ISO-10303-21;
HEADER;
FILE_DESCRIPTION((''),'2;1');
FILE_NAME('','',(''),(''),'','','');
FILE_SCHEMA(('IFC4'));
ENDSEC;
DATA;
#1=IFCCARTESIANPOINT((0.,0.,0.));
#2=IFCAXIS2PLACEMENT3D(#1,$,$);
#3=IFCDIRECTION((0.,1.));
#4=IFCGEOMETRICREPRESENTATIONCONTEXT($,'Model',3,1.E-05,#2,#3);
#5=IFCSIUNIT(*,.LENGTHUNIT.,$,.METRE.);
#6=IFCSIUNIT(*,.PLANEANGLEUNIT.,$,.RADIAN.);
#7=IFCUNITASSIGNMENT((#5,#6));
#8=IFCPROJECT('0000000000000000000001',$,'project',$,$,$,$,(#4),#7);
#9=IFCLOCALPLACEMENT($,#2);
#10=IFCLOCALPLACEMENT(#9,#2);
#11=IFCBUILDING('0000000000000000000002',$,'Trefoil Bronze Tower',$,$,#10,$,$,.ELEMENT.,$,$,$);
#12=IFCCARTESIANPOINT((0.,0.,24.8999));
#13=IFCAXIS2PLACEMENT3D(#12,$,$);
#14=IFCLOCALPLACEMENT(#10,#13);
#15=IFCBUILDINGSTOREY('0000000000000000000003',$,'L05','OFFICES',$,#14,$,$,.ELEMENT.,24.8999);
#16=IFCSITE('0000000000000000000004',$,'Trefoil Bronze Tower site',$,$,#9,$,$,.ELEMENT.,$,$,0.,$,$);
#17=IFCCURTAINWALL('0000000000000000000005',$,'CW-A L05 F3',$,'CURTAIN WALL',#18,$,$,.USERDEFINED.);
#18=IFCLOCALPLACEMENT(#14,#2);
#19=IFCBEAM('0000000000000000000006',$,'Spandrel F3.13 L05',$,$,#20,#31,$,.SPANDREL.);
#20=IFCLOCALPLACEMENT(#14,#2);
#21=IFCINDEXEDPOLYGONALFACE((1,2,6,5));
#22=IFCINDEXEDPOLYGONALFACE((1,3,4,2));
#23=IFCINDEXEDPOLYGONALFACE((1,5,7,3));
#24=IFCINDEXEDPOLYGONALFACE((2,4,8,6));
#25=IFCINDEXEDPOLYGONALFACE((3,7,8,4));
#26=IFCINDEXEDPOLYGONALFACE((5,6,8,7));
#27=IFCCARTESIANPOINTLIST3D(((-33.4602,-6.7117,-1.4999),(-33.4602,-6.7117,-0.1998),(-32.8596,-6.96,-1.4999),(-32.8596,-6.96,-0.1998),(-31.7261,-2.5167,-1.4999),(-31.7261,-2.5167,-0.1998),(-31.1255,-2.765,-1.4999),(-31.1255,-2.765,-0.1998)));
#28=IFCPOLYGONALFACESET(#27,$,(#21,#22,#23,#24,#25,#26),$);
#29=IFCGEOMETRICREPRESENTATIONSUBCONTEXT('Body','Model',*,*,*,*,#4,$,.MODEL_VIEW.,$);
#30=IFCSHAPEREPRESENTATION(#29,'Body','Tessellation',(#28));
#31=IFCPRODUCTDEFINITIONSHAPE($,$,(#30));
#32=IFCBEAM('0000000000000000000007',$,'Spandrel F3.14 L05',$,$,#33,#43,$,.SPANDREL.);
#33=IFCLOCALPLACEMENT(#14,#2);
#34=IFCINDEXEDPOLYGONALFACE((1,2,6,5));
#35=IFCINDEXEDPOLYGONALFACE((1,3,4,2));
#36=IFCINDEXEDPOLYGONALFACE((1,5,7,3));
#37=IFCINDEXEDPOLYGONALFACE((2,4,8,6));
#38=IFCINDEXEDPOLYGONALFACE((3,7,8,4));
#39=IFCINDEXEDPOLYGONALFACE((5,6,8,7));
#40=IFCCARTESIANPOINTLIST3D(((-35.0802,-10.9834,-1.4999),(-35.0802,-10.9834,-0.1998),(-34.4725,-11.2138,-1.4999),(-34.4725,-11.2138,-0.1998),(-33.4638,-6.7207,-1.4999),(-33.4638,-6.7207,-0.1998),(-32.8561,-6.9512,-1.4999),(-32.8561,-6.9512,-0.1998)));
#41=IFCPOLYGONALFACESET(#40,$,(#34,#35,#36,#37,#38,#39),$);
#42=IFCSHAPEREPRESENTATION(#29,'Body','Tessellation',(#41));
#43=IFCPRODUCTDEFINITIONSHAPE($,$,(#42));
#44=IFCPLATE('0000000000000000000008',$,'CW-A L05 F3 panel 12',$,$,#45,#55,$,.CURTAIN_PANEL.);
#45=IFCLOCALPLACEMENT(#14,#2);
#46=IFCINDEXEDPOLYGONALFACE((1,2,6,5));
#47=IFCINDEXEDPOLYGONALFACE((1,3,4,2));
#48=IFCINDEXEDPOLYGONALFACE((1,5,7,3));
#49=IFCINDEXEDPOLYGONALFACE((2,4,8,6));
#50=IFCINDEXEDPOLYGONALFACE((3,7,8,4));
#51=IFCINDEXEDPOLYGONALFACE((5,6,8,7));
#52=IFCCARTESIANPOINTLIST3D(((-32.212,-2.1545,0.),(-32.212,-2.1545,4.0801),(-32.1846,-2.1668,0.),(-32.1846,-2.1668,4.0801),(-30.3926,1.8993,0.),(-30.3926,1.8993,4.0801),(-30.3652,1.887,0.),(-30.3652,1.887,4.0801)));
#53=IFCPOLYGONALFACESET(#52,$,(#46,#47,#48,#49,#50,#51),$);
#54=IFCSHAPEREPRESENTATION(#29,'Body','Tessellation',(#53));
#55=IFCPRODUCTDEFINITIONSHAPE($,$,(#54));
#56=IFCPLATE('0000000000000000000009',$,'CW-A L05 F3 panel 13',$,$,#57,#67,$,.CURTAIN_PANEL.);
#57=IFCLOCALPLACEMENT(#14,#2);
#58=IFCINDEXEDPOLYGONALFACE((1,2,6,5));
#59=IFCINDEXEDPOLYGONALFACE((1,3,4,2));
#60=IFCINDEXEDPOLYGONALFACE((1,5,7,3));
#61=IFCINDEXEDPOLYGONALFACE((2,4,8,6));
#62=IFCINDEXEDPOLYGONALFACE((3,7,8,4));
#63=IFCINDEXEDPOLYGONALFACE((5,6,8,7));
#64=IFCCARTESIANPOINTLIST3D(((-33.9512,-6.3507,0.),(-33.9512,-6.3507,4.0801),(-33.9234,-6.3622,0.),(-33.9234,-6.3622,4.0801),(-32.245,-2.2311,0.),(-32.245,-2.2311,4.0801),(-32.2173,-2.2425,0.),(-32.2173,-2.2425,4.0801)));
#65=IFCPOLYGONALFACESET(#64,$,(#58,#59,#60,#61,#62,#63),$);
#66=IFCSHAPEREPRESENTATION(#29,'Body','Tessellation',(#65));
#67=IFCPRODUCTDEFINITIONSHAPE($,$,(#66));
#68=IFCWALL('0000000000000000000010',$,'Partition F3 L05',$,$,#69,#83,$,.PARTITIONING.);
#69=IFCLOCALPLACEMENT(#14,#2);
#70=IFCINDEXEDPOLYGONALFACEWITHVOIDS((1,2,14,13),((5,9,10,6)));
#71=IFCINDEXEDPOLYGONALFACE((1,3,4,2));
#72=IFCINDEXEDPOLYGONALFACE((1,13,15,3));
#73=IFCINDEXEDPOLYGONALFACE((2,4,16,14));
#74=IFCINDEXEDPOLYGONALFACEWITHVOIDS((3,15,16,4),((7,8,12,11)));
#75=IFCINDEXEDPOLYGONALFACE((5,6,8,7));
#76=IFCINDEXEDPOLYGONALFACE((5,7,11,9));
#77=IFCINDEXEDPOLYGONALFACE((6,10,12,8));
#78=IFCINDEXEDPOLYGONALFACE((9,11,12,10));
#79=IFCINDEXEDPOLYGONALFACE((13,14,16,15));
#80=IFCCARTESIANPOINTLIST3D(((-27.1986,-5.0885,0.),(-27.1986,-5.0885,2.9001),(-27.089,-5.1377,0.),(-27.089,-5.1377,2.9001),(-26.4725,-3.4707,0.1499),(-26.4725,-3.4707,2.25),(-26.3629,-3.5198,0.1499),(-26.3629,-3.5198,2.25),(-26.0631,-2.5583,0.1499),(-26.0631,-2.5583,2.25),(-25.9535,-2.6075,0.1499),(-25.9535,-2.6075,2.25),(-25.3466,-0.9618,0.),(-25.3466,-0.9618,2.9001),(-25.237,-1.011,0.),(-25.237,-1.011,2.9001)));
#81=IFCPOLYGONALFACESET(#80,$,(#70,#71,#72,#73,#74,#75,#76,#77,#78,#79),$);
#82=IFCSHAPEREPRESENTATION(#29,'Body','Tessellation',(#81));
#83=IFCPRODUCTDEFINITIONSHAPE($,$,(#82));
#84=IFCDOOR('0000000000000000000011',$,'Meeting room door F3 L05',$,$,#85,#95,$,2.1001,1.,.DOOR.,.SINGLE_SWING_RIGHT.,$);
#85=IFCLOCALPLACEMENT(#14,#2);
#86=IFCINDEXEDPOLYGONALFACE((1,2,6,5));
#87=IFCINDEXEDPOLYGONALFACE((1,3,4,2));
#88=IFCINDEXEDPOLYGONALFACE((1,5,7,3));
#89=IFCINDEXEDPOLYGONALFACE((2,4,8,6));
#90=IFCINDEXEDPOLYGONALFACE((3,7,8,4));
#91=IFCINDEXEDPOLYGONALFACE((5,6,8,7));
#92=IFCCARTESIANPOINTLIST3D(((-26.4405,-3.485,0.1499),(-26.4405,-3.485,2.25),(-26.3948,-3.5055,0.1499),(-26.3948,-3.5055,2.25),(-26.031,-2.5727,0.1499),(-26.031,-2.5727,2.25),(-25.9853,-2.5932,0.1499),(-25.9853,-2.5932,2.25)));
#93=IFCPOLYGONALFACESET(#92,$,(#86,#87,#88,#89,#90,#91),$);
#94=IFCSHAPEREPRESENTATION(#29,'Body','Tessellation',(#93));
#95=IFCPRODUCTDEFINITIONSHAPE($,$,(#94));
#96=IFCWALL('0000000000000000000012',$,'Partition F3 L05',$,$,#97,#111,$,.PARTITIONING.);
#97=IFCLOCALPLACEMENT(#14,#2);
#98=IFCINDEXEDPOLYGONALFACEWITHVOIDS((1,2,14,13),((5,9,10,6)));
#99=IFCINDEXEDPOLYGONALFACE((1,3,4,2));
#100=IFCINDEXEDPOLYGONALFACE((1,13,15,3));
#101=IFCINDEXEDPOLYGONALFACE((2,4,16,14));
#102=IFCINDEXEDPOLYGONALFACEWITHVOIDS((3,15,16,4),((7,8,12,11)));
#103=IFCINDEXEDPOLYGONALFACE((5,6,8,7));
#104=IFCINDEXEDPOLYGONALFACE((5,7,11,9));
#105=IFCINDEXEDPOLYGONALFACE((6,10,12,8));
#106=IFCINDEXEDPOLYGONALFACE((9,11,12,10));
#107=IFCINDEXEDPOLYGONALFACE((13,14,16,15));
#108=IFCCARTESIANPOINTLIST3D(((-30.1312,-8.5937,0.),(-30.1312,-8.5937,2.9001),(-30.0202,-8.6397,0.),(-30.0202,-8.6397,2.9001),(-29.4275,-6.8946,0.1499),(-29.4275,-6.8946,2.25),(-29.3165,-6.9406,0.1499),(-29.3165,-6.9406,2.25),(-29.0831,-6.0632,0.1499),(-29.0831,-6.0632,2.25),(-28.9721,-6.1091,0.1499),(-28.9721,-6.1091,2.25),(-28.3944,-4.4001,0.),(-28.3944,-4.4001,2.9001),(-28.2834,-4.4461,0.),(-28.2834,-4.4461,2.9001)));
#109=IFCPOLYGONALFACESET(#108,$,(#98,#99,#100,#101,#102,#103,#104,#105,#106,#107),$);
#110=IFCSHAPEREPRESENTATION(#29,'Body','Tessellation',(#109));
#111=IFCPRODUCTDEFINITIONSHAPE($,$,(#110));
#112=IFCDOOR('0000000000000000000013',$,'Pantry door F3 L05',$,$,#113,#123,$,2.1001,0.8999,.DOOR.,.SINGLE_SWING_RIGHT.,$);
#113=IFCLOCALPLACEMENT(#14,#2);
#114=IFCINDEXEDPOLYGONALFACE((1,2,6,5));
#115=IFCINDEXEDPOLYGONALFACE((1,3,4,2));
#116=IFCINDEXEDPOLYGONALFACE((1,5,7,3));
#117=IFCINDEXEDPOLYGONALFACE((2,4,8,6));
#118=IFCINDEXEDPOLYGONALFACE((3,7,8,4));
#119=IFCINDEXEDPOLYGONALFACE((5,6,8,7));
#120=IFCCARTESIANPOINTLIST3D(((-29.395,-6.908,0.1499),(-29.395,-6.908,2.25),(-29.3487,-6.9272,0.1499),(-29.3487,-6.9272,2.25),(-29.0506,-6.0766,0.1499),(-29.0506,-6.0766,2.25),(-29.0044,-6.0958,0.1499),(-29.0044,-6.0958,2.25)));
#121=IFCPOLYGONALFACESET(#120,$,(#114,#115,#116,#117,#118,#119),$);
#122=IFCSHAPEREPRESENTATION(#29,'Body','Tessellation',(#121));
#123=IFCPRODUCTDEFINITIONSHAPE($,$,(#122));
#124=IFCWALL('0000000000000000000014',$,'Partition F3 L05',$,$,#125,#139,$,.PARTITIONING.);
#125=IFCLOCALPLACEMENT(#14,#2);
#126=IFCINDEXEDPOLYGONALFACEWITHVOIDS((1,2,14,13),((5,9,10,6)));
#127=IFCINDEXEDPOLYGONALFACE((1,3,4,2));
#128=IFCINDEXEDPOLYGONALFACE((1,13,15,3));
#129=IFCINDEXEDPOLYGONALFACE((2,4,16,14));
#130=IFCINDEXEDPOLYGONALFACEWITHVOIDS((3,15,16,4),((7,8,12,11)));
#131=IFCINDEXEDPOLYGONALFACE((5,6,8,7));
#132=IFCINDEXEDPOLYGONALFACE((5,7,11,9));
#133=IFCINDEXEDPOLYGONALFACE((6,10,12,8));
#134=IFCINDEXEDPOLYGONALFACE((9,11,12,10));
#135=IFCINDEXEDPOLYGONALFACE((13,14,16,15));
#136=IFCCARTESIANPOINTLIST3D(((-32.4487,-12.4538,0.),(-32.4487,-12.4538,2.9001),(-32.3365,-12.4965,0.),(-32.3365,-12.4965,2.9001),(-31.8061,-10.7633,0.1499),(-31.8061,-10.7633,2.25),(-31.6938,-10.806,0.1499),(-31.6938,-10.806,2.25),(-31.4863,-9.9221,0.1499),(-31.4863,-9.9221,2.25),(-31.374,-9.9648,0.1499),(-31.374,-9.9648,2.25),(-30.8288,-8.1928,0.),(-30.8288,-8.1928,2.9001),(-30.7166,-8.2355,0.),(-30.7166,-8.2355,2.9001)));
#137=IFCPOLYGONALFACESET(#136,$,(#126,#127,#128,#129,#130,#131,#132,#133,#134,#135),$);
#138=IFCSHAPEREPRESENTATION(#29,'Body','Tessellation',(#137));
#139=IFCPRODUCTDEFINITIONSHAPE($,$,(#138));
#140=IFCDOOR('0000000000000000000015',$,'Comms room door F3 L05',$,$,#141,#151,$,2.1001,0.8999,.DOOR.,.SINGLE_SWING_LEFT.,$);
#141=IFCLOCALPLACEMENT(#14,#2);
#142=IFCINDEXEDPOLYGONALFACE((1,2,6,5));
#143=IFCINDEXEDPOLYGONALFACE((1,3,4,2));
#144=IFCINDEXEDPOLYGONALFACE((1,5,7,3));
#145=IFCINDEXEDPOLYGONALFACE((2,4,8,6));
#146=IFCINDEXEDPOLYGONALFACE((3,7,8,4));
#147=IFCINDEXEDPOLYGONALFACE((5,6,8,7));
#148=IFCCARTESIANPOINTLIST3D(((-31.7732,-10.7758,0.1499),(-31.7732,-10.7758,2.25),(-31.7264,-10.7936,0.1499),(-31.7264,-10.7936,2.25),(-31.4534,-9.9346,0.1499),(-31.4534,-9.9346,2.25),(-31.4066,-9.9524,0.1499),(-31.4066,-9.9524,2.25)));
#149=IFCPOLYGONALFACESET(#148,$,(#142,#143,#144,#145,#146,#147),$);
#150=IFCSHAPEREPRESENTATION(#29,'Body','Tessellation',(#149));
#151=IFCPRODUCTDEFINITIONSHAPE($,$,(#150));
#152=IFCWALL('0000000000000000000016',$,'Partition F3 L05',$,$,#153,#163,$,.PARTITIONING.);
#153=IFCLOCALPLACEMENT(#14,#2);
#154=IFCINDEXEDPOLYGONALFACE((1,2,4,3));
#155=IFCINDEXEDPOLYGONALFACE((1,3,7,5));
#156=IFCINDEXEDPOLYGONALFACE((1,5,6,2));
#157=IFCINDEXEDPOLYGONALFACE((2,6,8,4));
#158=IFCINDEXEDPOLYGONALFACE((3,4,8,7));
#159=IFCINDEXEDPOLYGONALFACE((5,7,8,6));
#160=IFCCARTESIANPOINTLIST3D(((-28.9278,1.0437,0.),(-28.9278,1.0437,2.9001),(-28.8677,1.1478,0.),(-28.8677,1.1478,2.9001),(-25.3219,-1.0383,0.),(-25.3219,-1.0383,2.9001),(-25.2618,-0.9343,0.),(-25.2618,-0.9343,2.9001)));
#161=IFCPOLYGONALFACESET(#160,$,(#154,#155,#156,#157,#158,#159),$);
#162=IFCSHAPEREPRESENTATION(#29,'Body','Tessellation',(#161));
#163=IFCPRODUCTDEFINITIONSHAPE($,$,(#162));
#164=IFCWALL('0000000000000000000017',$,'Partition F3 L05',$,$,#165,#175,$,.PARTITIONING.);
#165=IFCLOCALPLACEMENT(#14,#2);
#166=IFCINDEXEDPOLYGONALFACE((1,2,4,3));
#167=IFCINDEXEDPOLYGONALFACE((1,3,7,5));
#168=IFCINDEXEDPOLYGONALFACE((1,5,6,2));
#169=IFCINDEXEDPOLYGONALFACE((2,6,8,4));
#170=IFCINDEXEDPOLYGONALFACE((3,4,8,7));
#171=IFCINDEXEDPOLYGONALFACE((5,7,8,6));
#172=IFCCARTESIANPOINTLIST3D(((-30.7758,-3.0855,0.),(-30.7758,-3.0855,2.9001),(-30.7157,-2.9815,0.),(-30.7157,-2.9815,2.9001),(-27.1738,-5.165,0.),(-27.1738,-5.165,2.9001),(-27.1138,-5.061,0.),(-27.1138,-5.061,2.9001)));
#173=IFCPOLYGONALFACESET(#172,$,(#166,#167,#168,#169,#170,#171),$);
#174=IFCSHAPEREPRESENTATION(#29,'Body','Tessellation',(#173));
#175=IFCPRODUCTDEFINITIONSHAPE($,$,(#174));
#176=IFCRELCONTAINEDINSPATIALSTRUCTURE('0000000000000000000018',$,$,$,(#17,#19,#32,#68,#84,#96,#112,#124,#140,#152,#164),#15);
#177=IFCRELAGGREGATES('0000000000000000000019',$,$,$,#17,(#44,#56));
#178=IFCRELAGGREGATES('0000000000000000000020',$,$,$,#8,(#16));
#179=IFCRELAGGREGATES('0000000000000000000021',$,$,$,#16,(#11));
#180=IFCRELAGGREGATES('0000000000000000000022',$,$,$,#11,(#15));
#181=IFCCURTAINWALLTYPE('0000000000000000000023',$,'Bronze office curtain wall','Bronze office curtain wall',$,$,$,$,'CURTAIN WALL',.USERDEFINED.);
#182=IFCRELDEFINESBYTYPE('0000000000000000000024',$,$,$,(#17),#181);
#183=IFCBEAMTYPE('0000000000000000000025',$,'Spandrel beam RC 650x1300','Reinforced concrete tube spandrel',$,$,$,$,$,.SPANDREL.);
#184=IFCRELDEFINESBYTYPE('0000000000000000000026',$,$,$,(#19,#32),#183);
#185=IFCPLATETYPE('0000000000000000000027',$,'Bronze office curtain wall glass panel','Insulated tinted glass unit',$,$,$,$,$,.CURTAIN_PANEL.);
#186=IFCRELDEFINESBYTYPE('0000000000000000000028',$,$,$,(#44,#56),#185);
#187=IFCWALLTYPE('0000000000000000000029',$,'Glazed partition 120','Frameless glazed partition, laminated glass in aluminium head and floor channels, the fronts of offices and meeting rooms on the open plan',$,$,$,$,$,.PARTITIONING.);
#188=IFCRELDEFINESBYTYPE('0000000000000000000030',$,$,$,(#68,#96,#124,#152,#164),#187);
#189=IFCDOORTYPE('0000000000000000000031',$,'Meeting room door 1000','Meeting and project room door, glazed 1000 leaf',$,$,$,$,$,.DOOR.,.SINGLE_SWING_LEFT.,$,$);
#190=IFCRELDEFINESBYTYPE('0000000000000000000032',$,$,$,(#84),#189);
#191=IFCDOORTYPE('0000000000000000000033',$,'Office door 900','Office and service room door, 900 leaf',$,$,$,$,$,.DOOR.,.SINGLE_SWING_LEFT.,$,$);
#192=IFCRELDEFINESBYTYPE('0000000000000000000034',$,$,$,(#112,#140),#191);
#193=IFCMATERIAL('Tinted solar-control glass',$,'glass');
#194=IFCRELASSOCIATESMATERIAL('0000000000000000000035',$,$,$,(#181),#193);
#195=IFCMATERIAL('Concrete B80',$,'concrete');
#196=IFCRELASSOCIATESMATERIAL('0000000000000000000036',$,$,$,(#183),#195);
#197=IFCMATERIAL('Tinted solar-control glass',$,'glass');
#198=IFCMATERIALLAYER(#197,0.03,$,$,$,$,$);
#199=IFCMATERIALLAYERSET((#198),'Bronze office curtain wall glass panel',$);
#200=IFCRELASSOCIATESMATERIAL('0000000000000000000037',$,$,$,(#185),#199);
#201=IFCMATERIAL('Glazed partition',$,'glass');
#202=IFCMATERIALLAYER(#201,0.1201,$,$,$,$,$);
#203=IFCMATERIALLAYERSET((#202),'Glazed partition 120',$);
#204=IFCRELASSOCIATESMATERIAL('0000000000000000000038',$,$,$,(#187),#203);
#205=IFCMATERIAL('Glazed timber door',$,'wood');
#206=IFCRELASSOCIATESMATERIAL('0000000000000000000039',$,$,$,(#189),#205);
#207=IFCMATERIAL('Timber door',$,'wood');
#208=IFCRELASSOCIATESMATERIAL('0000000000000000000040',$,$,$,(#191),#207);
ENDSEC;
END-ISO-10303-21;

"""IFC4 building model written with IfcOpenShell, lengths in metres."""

from ifc_helpers import new_model, si_unit, direction, frame, frame_2d, origin, origin_2d, place, context, subcontext, project, spatial, rectangle, extrude, material, layer, layer_set, material_profile, profile_set, type_object, element, fill, aggregate, save


model = new_model("IFC4")

# Units and contexts
model_context = context("Model", 3, precision=1e-05, world=origin(), true_north=direction((0.0, 1.0)))
body_context = subcontext(model_context, "Body", "Model", "MODEL_VIEW")
ifc_project = project(units=[si_unit("LENGTHUNIT", "METRE"), si_unit("PLANEANGLEUNIT", "RADIAN")], contexts=[model_context])

# Site, building, storey
site_placement = place(None, origin())
site = spatial("IfcSite", under=ifc_project, at=site_placement, Name="Trefoil Bronze Tower site", CompositionType="ELEMENT", RefElevation=0.0)
building_placement = place(site_placement, origin())
building = spatial("IfcBuilding", under=site, at=building_placement, Name="Trefoil Bronze Tower", CompositionType="ELEMENT")
storey_placement = place(building_placement, frame((0.0, 0.0, 24.8999)))
storey = spatial("IfcBuildingStorey", under=building, at=storey_placement, Name="L05", Description="OFFICES", CompositionType="ELEMENT", Elevation=24.8999)

# Curtain wall
ifc_material_1 = material(Name="Tinted solar-control glass", Category="glass")
curtain_wall_type = type_object("IfcCurtainWallType", Name="Bronze office curtain wall", Description="Bronze office curtain wall", ElementType="CURTAIN WALL", PredefinedType="USERDEFINED", material=ifc_material_1)
curtain_wall_placement = place(storey_placement, origin())
curtain_wall = element("IfcCurtainWall", 1, at=curtain_wall_placement, inside=storey, type_object=curtain_wall_type, Name="CW-A L05 F3", ObjectType="CURTAIN WALL", PredefinedType="USERDEFINED")

# Beams
ifc_material_2 = material(Name="Concrete B80", Category="concrete")
ifc_material_profile_1 = material_profile(ifc_material_2, rectangle(XDim=0.6499, YDim=1.3, at=origin_2d()), Name="RC 650x1300")
ifc_profile_set_1 = profile_set([ifc_material_profile_1], Name="Concrete B80")
beam_type_1 = type_object("IfcBeamType", Name="Spandrel beam RC 650x1300", Description="Reinforced concrete tube spandrel", PredefinedType="SPANDREL", material=ifc_profile_set_1)
beam_1_placement = place(storey_placement, frame((-31.4258, -2.6409, -0.8499), z_axis=(-0.382021, -0.924154, 0.0), x_axis=(0.924154, -0.382021, 0.0)))
element("IfcBeam", 2, at=beam_1_placement, inside=storey, type_object=beam_type_1, Name="Spandrel F3.13 L05", PredefinedType="SPANDREL", context=body_context, shape_type="SweptSolid", body=[
    extrude(rectangle(XDim=0.6499, YDim=1.3, at=origin_2d()), origin(), (0.0, 0.0, 1.0), 4.5393),
])
beam_2_placement = place(storey_placement, frame((-33.1599, -6.8359, -0.8499), z_axis=(-0.354572, -0.935029, 0.0), x_axis=(0.935029, -0.354572, 0.0)))
element("IfcBeam", 3, at=beam_2_placement, inside=storey, type_object=beam_type_1, Name="Spandrel F3.14 L05", PredefinedType="SPANDREL", context=body_context, shape_type="SweptSolid", body=[
    extrude(rectangle(XDim=0.6499, YDim=1.3, at=origin_2d()), origin(), (0.0, 0.0, 1.0), 4.5588),
])

# Plates
ifc_material_3 = material(Name="Tinted solar-control glass", Category="glass")
ifc_layer_1 = layer(ifc_material_3, 0.03)
ifc_layer_set_1 = layer_set([ifc_layer_1], Name="Bronze office curtain wall glass panel")
plate_type = type_object("IfcPlateType", Name="Bronze office curtain wall glass panel", Description="Insulated tinted glass unit", PredefinedType="CURTAIN_PANEL", material=ifc_layer_set_1)
plate_1_placement = place(storey_placement, frame((-31.2886, -0.1338, 0.0), z_axis=(0.0, 0.0, 1.0), x_axis=(-0.409456, -0.91233, 0.0)))
plate_1 = element("IfcPlate", 4, at=plate_1_placement, type_object=plate_type, Name="CW-A L05 F3 panel 12", PredefinedType="CURTAIN_PANEL", context=body_context, shape_type="SweptSolid", body=[
    extrude(rectangle(XDim=4.4434, YDim=0.03, at=origin_2d()), origin(), (0.0, 0.0, 1.0), 4.0801),
])
plate_2_placement = place(storey_placement, frame((-33.0842, -4.2966, 0.0), z_axis=(0.0, 0.0, 1.0), x_axis=(-0.38263, -0.923902, 0.0)))
plate_2 = element("IfcPlate", 5, at=plate_2_placement, type_object=plate_type, Name="CW-A L05 F3 panel 13", PredefinedType="CURTAIN_PANEL", context=body_context, shape_type="SweptSolid", body=[
    extrude(rectangle(XDim=4.459, YDim=0.03, at=origin_2d()), origin(), (0.0, 0.0, 1.0), 4.0801),
])
aggregate(curtain_wall, [plate_1, plate_2])

# Walls, openings, doors
ifc_material_4 = material(Name="Glazed partition", Category="glass")
ifc_layer_2 = layer(ifc_material_4, 0.1201)
ifc_layer_set_2 = layer_set([ifc_layer_2], Name="Glazed partition 120")
wall_type = type_object("IfcWallType", Name="Glazed partition 120", Description="Frameless glazed partition, laminated glass in aluminium head and floor channels, the fronts of offices and meeting rooms on the open plan", PredefinedType="PARTITIONING", material=ifc_layer_set_2)
wall_1_placement = place(storey_placement, frame((-25.2917, -0.9863, 0.0), z_axis=(0.0, 0.0, 1.0), x_axis=(-0.409451, -0.912332, 0.0)))
wall_1 = element("IfcWall", 6, at=wall_1_placement, inside=storey, type_object=wall_type, Name="Partition F3 L05", PredefinedType="PARTITIONING", context=body_context, shape_type="SweptSolid", body=[
    extrude(rectangle(XDim=4.5232, YDim=0.1201, at=frame_2d((2.2617, 0.0))), origin(), (0.0, 0.0, 1.0), 2.9001),
])
opening_1_placement = place(wall_1_placement, frame((1.75, 0.0, 0.1499)))
opening_1 = element("IfcOpeningElement", 7, at=opening_1_placement, cuts=wall_1, PredefinedType="OPENING", context=body_context, shape_type="SweptSolid", body=[
    extrude(rectangle(XDim=1.0, YDim=2.1001, at=frame_2d((0.5, 1.05))), frame((0.0, 0.0701, 0.0), z_axis=(0.0, -1.0, 0.0), x_axis=(1.0, 0.0, 0.0)), (0.0, 0.0, 1.0), 0.1401),
])
ifc_material_5 = material(Name="Glazed timber door", Category="wood")
door_type_1 = type_object("IfcDoorType", Name="Meeting room door 1000", Description="Meeting and project room door, glazed 1000 leaf", OperationType="SINGLE_SWING_LEFT", PredefinedType="DOOR", material=ifc_material_5)
door_1_placement = place(opening_1_placement, frame((1.0, 0.0, 0.0), z_axis=(0.0, 0.0, 1.0), x_axis=(-1.0, 0.0, 0.0)))
door_1 = element("IfcDoor", 8, at=door_1_placement, inside=storey, type_object=door_type_1, Name="Meeting room door F3 L05", OperationType="SINGLE_SWING_RIGHT", OverallHeight=2.1001, OverallWidth=1.0, PredefinedType="DOOR", context=body_context, shape_type="SweptSolid", body=[
    extrude(rectangle(XDim=1.0, YDim=2.1001, at=frame_2d((0.5, 1.05))), frame((0.0, 0.0249, 0.0), z_axis=(0.0, -1.0, 0.0), x_axis=(1.0, 0.0, 0.0)), (0.0, 0.0, 1.0), 0.05),
])
fill(opening_1, door_1)
wall_2_placement = place(storey_placement, frame((-28.3389, -4.4231, 0.0), z_axis=(0.0, 0.0, 1.0), x_axis=(-0.38264, -0.923898, 0.0)))
wall_2 = element("IfcWall", 9, at=wall_2_placement, inside=storey, type_object=wall_type, Name="Partition F3 L05", PredefinedType="PARTITIONING", context=body_context, shape_type="SweptSolid", body=[
    extrude(rectangle(XDim=4.5391, YDim=0.1201, at=frame_2d((2.2695, 0.0))), origin(), (0.0, 0.0, 1.0), 2.9001),
])
opening_2_placement = place(wall_2_placement, frame((1.8, 0.0, 0.1499)))
opening_2 = element("IfcOpeningElement", 10, at=opening_2_placement, cuts=wall_2, PredefinedType="OPENING", context=body_context, shape_type="SweptSolid", body=[
    extrude(rectangle(XDim=0.8999, YDim=2.1001, at=frame_2d((0.45, 1.05))), frame((0.0, 0.0701, 0.0), z_axis=(0.0, -1.0, 0.0), x_axis=(1.0, 0.0, 0.0)), (0.0, 0.0, 1.0), 0.1401),
])
ifc_material_6 = material(Name="Timber door", Category="wood")
door_type_2 = type_object("IfcDoorType", Name="Office door 900", Description="Office and service room door, 900 leaf", OperationType="SINGLE_SWING_LEFT", PredefinedType="DOOR", material=ifc_material_6)
door_2_placement = place(opening_2_placement, frame((0.8999, 0.0, 0.0), z_axis=(0.0, 0.0, 1.0), x_axis=(-1.0, 0.0, 0.0)))
door_2 = element("IfcDoor", 11, at=door_2_placement, inside=storey, type_object=door_type_2, Name="Pantry door F3 L05", OperationType="SINGLE_SWING_RIGHT", OverallHeight=2.1001, OverallWidth=0.8999, PredefinedType="DOOR", context=body_context, shape_type="SweptSolid", body=[
    extrude(rectangle(XDim=0.8999, YDim=2.1001, at=frame_2d((0.45, 1.05))), frame((0.0, 0.0249, 0.0), z_axis=(0.0, -1.0, 0.0), x_axis=(1.0, 0.0, 0.0)), (0.0, 0.0, 1.0), 0.05),
])
fill(opening_2, door_2)
wall_3_placement = place(storey_placement, frame((-30.7727, -8.2141, 0.0), z_axis=(0.0, 0.0, 1.0), x_axis=(-0.355352, -0.934733, 0.0)))
wall_3 = element("IfcWall", 12, at=wall_3_placement, inside=storey, type_object=wall_type, Name="Partition F3 L05", PredefinedType="PARTITIONING", context=body_context, shape_type="SweptSolid", body=[
    extrude(rectangle(XDim=4.5586, YDim=0.1201, at=frame_2d((2.2793, 0.0))), origin(), (0.0, 0.0, 1.0), 2.9001),
])
opening_3_placement = place(wall_3_placement, frame((1.8501, 0.0, 0.1499)))
opening_3 = element("IfcOpeningElement", 13, at=opening_3_placement, cuts=wall_3, PredefinedType="OPENING", context=body_context, shape_type="SweptSolid", body=[
    extrude(rectangle(XDim=0.8999, YDim=2.1001, at=frame_2d((0.45, 1.05))), frame((0.0, 0.0701, 0.0), z_axis=(0.0, -1.0, 0.0), x_axis=(1.0, 0.0, 0.0)), (0.0, 0.0, 1.0), 0.1401),
])
door_3_placement = place(opening_3_placement, frame((0.8999, 0.0, 0.0), z_axis=(0.0, 0.0, 1.0), x_axis=(-1.0, 0.0, 0.0)))
door_3 = element("IfcDoor", 14, at=door_3_placement, inside=storey, type_object=door_type_2, Name="Comms room door F3 L05", OperationType="SINGLE_SWING_LEFT", OverallHeight=2.1001, OverallWidth=0.8999, PredefinedType="DOOR", context=body_context, shape_type="SweptSolid", body=[
    extrude(rectangle(XDim=0.8999, YDim=2.1001, at=frame_2d((0.45, 1.05))), frame((0.0, 0.0249, 0.0), z_axis=(0.0, -1.0, 0.0), x_axis=(1.0, 0.0, 0.0)), (0.0, 0.0, 1.0), 0.05),
])
fill(opening_3, door_3)

# Walls
wall_4_placement = place(storey_placement, frame((-25.2917, -0.9863, 0.0), z_axis=(0.0, 0.0, 1.0), x_axis=(-0.866012, 0.500024, 0.0)))
element("IfcWall", 15, at=wall_4_placement, inside=storey, type_object=wall_type, Name="Partition F3 L05", PredefinedType="PARTITIONING", context=body_context, shape_type="SweptSolid", body=[
    extrude(rectangle(XDim=4.1638, YDim=0.1201, at=frame_2d((2.082, 0.0))), origin(), (0.0, 0.0, 1.0), 2.9001),
])
wall_5_placement = place(storey_placement, frame((-27.1438, -5.113, 0.0), z_axis=(0.0, 0.0, 1.0), x_axis=(-0.866031, 0.49999, 0.0)))
element("IfcWall", 16, at=wall_5_placement, inside=storey, type_object=wall_type, Name="Partition F3 L05", PredefinedType="PARTITIONING", context=body_context, shape_type="SweptSolid", body=[
    extrude(rectangle(XDim=4.1592, YDim=0.1201, at=frame_2d((2.0796, 0.0))), origin(), (0.0, 0.0, 1.0), 2.9001),
])

save(model, "model.ifc")
